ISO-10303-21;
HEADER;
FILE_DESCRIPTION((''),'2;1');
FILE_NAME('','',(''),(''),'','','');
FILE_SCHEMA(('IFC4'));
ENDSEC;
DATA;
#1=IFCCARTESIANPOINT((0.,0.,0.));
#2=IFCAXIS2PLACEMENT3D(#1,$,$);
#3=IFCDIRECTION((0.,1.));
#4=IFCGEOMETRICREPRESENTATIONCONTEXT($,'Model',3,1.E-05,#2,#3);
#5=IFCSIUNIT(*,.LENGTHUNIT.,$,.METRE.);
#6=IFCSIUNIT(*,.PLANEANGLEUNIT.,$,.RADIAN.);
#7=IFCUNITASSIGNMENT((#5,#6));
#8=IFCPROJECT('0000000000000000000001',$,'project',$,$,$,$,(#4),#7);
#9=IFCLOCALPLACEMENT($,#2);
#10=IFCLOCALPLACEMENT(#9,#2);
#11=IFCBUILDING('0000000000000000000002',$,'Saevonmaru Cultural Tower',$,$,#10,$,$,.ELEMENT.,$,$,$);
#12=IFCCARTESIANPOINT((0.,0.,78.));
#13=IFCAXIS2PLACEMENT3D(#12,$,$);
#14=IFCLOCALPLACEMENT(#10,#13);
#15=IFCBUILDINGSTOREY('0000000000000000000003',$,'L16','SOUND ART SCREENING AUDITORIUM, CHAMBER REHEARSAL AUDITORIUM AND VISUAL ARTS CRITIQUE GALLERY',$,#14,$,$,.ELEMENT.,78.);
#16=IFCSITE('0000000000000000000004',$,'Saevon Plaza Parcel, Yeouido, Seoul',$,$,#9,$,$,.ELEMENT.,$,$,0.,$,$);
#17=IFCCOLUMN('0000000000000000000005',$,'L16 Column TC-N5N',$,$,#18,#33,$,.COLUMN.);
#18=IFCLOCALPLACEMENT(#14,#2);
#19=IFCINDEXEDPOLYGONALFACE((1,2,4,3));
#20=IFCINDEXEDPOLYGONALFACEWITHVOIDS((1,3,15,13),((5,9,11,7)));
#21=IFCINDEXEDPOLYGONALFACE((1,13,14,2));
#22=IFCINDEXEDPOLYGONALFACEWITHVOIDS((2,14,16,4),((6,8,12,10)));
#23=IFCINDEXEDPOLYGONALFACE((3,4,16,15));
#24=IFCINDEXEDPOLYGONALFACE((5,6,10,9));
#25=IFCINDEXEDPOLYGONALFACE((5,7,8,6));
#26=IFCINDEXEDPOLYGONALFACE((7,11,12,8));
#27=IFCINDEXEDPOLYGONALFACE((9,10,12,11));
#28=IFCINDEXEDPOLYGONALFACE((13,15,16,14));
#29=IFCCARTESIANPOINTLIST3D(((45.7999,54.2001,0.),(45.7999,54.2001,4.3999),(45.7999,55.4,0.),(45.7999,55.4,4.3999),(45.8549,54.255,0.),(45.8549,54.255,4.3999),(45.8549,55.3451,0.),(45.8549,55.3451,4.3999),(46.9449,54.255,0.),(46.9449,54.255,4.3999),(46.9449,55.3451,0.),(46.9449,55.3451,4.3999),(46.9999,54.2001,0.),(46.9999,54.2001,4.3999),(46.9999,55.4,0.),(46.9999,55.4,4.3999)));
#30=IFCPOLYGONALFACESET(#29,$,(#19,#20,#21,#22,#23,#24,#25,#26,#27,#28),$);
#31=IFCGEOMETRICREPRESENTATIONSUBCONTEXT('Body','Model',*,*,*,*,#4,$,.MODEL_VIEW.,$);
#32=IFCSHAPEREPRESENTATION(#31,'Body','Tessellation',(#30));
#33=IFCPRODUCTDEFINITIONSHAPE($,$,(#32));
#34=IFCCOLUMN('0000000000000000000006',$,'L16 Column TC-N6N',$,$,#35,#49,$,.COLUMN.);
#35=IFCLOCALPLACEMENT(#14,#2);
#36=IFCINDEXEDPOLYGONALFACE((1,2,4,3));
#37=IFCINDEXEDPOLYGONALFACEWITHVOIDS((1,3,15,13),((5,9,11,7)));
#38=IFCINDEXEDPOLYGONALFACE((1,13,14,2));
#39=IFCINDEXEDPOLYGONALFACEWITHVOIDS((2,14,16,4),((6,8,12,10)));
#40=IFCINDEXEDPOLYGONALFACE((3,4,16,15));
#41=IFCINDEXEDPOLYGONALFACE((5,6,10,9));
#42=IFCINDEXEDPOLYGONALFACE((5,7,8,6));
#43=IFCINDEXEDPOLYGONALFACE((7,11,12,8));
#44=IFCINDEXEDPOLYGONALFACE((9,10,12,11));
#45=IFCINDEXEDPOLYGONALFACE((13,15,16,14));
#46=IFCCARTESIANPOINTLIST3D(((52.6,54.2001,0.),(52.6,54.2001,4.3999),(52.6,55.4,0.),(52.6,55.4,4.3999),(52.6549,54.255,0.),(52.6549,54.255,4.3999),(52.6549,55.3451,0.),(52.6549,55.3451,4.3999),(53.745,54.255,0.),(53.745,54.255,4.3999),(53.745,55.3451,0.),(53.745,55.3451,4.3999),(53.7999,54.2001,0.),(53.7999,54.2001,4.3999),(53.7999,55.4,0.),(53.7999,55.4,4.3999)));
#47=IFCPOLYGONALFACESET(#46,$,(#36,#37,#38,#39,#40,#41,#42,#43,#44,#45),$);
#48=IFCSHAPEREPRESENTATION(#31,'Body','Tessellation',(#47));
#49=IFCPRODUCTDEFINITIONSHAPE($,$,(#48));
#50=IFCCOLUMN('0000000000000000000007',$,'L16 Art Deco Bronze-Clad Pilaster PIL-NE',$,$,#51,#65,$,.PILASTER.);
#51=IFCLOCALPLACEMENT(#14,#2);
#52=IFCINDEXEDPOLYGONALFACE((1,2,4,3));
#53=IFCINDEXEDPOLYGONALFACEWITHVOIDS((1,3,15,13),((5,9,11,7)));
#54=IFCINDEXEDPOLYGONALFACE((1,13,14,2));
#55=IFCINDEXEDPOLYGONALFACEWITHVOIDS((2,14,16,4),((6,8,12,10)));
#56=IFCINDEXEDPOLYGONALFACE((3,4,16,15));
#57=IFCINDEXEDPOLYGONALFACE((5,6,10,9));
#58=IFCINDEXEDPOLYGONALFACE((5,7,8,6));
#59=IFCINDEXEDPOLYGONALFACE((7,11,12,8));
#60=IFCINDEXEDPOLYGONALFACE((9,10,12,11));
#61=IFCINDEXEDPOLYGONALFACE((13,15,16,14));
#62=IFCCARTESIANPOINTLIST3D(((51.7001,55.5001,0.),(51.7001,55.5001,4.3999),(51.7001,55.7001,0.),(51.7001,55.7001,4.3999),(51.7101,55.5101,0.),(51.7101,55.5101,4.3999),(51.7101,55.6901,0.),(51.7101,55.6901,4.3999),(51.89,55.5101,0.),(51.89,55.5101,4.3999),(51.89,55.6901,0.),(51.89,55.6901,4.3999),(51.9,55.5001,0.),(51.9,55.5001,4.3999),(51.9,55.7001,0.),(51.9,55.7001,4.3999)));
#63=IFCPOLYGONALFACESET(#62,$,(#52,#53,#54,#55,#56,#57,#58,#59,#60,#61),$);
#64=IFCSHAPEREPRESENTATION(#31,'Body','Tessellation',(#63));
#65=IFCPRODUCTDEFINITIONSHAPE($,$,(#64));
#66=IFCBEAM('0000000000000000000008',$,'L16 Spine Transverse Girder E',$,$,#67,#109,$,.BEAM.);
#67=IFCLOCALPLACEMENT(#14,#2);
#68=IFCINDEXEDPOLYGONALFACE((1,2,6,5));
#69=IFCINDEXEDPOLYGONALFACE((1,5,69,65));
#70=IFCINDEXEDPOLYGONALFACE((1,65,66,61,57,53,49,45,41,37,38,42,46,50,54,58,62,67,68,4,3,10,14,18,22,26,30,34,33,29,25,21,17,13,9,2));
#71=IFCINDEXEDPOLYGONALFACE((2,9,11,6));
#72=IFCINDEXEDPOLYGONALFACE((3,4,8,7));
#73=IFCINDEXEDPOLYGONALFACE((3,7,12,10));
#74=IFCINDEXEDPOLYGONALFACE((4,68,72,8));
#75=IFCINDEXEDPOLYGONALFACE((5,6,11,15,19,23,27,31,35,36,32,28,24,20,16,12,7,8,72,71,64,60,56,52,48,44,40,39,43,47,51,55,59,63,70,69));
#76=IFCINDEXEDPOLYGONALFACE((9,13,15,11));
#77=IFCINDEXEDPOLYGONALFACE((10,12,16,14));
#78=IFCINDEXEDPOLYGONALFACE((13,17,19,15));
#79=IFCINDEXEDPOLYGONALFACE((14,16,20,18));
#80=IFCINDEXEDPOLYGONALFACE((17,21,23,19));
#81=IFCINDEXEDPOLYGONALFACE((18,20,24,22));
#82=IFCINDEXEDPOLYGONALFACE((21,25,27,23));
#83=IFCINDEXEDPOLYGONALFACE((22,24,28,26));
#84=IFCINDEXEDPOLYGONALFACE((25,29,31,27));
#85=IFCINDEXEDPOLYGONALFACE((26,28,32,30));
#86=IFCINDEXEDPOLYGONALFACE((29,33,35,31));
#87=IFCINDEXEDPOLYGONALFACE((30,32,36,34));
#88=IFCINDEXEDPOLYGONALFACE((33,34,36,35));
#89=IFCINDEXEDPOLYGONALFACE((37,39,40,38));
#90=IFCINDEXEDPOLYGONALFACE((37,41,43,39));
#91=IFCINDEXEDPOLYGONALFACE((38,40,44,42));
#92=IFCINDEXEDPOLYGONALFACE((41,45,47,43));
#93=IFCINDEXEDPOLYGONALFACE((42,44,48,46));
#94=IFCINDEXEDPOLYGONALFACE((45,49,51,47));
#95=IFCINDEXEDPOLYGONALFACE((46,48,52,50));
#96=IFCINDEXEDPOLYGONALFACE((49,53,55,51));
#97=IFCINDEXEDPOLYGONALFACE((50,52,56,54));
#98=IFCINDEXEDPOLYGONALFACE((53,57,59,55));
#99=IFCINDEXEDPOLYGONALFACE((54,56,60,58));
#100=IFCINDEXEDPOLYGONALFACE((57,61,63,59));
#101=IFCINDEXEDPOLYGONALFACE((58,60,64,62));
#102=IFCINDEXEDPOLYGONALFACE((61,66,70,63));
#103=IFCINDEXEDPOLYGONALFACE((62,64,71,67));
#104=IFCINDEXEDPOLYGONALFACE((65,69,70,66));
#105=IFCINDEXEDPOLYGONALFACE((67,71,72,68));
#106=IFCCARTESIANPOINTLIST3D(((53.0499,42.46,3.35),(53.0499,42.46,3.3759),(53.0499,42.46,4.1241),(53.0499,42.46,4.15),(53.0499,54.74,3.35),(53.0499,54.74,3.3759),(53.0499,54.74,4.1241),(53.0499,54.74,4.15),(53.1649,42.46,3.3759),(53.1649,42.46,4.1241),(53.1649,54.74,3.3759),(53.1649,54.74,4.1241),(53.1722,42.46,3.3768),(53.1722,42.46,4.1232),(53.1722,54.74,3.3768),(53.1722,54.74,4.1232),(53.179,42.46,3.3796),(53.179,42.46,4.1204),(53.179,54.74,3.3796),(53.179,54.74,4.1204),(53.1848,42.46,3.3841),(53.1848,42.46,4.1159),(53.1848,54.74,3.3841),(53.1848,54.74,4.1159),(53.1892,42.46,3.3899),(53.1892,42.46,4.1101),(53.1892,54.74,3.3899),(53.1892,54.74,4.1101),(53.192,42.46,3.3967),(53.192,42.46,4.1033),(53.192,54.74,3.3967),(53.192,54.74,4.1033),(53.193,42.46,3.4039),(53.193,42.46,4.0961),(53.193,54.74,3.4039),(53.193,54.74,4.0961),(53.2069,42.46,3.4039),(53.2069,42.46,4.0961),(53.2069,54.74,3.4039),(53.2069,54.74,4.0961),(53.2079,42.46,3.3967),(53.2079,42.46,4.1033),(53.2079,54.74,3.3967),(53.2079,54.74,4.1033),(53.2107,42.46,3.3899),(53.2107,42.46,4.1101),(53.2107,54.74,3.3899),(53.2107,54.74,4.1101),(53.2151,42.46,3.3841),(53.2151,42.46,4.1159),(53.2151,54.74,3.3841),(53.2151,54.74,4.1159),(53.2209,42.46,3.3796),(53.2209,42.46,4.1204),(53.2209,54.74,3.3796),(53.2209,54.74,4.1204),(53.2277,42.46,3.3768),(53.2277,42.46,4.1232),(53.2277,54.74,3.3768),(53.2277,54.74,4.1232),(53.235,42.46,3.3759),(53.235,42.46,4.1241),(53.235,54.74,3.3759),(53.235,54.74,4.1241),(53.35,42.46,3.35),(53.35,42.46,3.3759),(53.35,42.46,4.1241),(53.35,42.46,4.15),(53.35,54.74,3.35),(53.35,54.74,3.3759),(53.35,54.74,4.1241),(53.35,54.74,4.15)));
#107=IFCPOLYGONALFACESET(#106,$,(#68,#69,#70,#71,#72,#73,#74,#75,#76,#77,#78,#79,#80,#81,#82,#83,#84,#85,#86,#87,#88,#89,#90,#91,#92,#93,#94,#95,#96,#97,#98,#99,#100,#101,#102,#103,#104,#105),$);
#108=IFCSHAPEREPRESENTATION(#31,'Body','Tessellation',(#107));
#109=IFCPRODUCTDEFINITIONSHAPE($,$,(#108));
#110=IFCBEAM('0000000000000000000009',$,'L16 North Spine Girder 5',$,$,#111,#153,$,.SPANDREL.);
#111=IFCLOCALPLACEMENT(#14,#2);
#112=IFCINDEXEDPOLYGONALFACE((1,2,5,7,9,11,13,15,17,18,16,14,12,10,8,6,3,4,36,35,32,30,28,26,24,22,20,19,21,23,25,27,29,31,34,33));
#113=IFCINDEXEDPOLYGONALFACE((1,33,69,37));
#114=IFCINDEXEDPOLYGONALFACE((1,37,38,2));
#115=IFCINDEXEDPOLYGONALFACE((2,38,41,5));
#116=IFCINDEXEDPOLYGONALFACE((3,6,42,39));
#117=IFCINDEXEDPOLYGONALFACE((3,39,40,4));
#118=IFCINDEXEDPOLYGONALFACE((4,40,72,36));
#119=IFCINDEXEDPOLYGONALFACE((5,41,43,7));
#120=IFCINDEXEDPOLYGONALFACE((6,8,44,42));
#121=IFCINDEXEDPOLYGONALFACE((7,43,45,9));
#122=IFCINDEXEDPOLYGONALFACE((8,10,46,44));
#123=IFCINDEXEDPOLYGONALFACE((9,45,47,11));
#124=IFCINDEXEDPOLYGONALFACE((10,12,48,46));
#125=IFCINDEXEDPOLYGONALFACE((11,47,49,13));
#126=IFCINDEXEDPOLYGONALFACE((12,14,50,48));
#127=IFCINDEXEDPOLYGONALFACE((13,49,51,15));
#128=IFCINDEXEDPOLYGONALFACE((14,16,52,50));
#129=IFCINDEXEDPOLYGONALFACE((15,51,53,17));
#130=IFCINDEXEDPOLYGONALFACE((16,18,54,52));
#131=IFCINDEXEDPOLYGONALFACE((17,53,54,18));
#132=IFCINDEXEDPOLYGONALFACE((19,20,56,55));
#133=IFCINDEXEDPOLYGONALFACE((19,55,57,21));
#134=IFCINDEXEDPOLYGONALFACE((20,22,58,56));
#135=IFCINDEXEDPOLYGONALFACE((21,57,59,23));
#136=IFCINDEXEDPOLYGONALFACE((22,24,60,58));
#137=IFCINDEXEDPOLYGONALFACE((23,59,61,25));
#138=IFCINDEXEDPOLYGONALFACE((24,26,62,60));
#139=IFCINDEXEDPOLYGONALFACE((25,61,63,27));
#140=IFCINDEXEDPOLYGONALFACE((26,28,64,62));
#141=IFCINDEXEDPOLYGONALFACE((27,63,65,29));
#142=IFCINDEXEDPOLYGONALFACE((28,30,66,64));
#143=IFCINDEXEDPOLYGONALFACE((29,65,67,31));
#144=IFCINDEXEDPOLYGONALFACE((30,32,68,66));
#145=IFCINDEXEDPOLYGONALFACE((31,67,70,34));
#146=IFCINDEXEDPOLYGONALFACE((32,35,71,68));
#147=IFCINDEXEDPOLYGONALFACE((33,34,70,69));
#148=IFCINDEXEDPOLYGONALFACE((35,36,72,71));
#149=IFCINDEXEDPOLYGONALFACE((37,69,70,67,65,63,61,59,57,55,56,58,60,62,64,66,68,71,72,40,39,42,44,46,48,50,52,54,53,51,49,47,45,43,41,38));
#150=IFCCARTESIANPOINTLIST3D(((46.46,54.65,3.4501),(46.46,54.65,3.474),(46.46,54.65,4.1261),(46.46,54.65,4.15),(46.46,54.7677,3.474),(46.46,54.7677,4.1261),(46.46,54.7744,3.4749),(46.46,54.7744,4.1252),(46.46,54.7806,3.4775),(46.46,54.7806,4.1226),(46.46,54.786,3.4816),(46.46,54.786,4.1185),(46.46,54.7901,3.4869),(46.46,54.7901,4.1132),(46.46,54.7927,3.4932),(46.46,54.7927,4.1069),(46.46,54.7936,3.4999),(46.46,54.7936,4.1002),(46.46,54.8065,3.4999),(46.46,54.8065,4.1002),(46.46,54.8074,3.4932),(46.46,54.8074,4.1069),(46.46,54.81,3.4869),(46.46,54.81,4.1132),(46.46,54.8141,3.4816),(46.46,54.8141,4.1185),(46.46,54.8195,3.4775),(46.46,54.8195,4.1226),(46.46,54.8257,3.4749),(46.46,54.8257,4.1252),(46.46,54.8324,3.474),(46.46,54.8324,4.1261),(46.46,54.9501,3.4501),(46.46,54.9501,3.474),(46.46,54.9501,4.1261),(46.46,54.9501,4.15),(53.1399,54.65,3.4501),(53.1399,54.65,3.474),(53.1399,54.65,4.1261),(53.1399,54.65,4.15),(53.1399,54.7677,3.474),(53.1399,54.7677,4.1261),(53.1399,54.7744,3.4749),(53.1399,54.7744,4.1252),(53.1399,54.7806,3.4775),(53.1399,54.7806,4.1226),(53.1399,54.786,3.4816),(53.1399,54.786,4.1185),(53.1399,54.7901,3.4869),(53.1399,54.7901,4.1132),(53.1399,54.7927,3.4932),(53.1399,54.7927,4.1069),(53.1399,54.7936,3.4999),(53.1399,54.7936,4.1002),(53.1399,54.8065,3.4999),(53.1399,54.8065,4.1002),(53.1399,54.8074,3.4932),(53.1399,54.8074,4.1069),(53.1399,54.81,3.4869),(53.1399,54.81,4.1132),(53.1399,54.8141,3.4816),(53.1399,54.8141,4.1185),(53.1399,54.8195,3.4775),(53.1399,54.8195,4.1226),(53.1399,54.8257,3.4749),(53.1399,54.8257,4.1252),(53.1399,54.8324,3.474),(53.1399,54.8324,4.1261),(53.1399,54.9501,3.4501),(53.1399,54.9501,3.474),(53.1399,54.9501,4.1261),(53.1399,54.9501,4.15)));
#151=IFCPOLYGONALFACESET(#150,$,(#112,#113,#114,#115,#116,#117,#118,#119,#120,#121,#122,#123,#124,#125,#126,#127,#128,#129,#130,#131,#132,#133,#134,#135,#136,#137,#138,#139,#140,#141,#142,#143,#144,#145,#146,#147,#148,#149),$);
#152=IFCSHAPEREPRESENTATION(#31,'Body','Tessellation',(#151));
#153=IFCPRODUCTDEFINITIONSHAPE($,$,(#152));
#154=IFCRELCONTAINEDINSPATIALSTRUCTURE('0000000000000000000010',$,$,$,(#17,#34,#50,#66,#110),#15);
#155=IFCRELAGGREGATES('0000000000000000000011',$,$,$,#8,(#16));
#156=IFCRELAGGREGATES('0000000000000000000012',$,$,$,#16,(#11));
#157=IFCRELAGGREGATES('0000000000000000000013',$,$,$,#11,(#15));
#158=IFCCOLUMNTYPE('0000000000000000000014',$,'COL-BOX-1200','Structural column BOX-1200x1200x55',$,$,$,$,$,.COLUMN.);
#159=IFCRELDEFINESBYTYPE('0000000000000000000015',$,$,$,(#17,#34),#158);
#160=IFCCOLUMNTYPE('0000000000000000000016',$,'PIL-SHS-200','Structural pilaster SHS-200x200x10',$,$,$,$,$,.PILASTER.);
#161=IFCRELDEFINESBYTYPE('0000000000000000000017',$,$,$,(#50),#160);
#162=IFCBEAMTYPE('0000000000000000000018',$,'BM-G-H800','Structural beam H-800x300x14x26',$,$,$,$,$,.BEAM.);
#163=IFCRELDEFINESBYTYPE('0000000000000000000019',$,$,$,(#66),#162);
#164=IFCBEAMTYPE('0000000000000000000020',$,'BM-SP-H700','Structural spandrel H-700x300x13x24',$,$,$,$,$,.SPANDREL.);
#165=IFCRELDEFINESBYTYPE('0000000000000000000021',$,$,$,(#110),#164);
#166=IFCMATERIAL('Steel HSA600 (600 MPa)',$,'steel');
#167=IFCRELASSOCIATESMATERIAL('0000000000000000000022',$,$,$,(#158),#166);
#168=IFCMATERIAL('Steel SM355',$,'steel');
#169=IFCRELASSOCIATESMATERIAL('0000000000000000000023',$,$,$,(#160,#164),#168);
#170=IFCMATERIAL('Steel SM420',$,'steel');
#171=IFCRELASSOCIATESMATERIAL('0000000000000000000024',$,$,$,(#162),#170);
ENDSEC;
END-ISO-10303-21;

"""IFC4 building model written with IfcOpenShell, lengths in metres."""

from ifc_helpers import new_model, si_unit, direction, frame, origin, origin_2d, place, context, subcontext, project, spatial, hollow_rectangle, i_section, extrude, material, material_profile, profile_set, type_object, element, save


model = new_model("IFC4")

# Units and contexts
model_context = context("Model", 3, precision=1e-05, world=origin(), true_north=direction((0.0, 1.0)))
body_context = subcontext(model_context, "Body", "Model", "MODEL_VIEW")
ifc_project = project(units=[si_unit("LENGTHUNIT", "METRE"), si_unit("PLANEANGLEUNIT", "RADIAN")], contexts=[model_context])

# Site, building, storey
site_placement = place(None, origin())
site = spatial("IfcSite", under=ifc_project, at=site_placement, Name="Saevon Plaza Parcel, Yeouido, Seoul", CompositionType="ELEMENT", RefElevation=0.0)
building_placement = place(site_placement, origin())
building = spatial("IfcBuilding", under=site, at=building_placement, Name="Saevonmaru Cultural Tower", CompositionType="ELEMENT")
storey_placement = place(building_placement, frame((0.0, 0.0, 78.0)))
storey = spatial("IfcBuildingStorey", under=building, at=storey_placement, Name="L16", Description="SOUND ART SCREENING AUDITORIUM, CHAMBER REHEARSAL AUDITORIUM AND VISUAL ARTS CRITIQUE GALLERY", CompositionType="ELEMENT", Elevation=78.0)

# Columns
ifc_material_1 = material(Name="Steel HSA600 (600 MPa)", Category="steel")
ifc_material_profile_1 = material_profile(ifc_material_1, hollow_rectangle(XDim=1.2, YDim=1.2, WallThickness=0.0549, at=origin_2d()), Name="BOX-1200x1200x55")
ifc_profile_set_1 = profile_set([ifc_material_profile_1], Name="Steel HSA600 (600 MPa)")
column_type_1 = type_object("IfcColumnType", Name="COL-BOX-1200", Description="Structural column BOX-1200x1200x55", PredefinedType="COLUMN", material=ifc_profile_set_1)
for number, where, z_axis, x_axis, name in (
    (1, (46.3999, 54.8, 0.0), (0.0, 0.0, 1.0), (1.0, 0.0, 0.0), "L16 Column TC-N5N"),
    (2, (53.2, 54.8, 0.0), (0.0, 0.0, 1.0), (1.0, 0.0, 0.0), "L16 Column TC-N6N"),
):
    element("IfcColumn", number, at=place(storey_placement, frame(where, z_axis=z_axis, x_axis=x_axis)), inside=storey, type_object=column_type_1, Name=name, PredefinedType="COLUMN", context=body_context, shape_type="SweptSolid", body=[
        extrude(hollow_rectangle(XDim=1.2, YDim=1.2, WallThickness=0.0549, at=origin_2d()), origin(), (0.0, 0.0, 1.0), 4.3999),
    ])
ifc_material_2 = material(Name="Steel SM355", Category="steel")
ifc_material_profile_2 = material_profile(ifc_material_2, hollow_rectangle(XDim=0.2, YDim=0.2, WallThickness=0.01, at=origin_2d()), Name="SHS-200x200x10")
ifc_profile_set_2 = profile_set([ifc_material_profile_2], Name="Steel SM355")
column_type_2 = type_object("IfcColumnType", Name="PIL-SHS-200", Description="Structural pilaster SHS-200x200x10", PredefinedType="PILASTER", material=ifc_profile_set_2)
column_placement = place(storey_placement, frame((51.8, 55.6001, 0.0), z_axis=(0.0, 0.0, 1.0), x_axis=(1.0, 0.0, 0.0)))
element("IfcColumn", 3, at=column_placement, inside=storey, type_object=column_type_2, Name="L16 Art Deco Bronze-Clad Pilaster PIL-NE", PredefinedType="PILASTER", context=body_context, shape_type="SweptSolid", body=[
    extrude(hollow_rectangle(XDim=0.2, YDim=0.2, WallThickness=0.01, at=origin_2d()), origin(), (0.0, 0.0, 1.0), 4.3999),
])

# Beams
ifc_material_3 = material(Name="Steel SM420", Category="steel")
ifc_material_profile_3 = material_profile(ifc_material_3, i_section(OverallWidth=0.3, OverallDepth=0.8, WebThickness=0.0139, FlangeThickness=0.0259, FilletRadius=0.0281, at=origin_2d()), Name="H-800x300x14x26")
ifc_profile_set_3 = profile_set([ifc_material_profile_3], Name="Steel SM420")
beam_type_1 = type_object("IfcBeamType", Name="BM-G-H800", Description="Structural beam H-800x300x14x26", PredefinedType="BEAM", material=ifc_profile_set_3)
beam_1_placement = place(storey_placement, frame((53.2, 54.74, 3.75), z_axis=(0.0, -1.0, 0.0), x_axis=(1.0, 0.0, 0.0)))
element("IfcBeam", 4, at=beam_1_placement, inside=storey, type_object=beam_type_1, Name="L16 Spine Transverse Girder E", PredefinedType="BEAM", context=body_context, shape_type="SweptSolid", body=[
    extrude(i_section(OverallWidth=0.3, OverallDepth=0.8, WebThickness=0.0139, FlangeThickness=0.0259, FilletRadius=0.0281, at=origin_2d()), origin(), (0.0, 0.0, 1.0), 12.28),
])
ifc_material_profile_4 = material_profile(ifc_material_2, i_section(OverallWidth=0.3, OverallDepth=0.7, WebThickness=0.0129, FlangeThickness=0.0239, FilletRadius=0.0259, at=origin_2d()), Name="H-700x300x13x24")
ifc_profile_set_4 = profile_set([ifc_material_profile_4], Name="Steel SM355")
beam_type_2 = type_object("IfcBeamType", Name="BM-SP-H700", Description="Structural spandrel H-700x300x13x24", PredefinedType="SPANDREL", material=ifc_profile_set_4)
beam_2_placement = place(storey_placement, frame((46.46, 54.8, 3.8), z_axis=(1.0, 0.0, 0.0), x_axis=(0.0, 1.0, 0.0)))
element("IfcBeam", 5, at=beam_2_placement, inside=storey, type_object=beam_type_2, Name="L16 North Spine Girder 5", PredefinedType="SPANDREL", context=body_context, shape_type="SweptSolid", body=[
    extrude(i_section(OverallWidth=0.3, OverallDepth=0.7, WebThickness=0.0129, FlangeThickness=0.0239, FilletRadius=0.0259, at=origin_2d()), origin(), (0.0, 0.0, 1.0), 6.6799),
])

save(model, "model.ifc")
